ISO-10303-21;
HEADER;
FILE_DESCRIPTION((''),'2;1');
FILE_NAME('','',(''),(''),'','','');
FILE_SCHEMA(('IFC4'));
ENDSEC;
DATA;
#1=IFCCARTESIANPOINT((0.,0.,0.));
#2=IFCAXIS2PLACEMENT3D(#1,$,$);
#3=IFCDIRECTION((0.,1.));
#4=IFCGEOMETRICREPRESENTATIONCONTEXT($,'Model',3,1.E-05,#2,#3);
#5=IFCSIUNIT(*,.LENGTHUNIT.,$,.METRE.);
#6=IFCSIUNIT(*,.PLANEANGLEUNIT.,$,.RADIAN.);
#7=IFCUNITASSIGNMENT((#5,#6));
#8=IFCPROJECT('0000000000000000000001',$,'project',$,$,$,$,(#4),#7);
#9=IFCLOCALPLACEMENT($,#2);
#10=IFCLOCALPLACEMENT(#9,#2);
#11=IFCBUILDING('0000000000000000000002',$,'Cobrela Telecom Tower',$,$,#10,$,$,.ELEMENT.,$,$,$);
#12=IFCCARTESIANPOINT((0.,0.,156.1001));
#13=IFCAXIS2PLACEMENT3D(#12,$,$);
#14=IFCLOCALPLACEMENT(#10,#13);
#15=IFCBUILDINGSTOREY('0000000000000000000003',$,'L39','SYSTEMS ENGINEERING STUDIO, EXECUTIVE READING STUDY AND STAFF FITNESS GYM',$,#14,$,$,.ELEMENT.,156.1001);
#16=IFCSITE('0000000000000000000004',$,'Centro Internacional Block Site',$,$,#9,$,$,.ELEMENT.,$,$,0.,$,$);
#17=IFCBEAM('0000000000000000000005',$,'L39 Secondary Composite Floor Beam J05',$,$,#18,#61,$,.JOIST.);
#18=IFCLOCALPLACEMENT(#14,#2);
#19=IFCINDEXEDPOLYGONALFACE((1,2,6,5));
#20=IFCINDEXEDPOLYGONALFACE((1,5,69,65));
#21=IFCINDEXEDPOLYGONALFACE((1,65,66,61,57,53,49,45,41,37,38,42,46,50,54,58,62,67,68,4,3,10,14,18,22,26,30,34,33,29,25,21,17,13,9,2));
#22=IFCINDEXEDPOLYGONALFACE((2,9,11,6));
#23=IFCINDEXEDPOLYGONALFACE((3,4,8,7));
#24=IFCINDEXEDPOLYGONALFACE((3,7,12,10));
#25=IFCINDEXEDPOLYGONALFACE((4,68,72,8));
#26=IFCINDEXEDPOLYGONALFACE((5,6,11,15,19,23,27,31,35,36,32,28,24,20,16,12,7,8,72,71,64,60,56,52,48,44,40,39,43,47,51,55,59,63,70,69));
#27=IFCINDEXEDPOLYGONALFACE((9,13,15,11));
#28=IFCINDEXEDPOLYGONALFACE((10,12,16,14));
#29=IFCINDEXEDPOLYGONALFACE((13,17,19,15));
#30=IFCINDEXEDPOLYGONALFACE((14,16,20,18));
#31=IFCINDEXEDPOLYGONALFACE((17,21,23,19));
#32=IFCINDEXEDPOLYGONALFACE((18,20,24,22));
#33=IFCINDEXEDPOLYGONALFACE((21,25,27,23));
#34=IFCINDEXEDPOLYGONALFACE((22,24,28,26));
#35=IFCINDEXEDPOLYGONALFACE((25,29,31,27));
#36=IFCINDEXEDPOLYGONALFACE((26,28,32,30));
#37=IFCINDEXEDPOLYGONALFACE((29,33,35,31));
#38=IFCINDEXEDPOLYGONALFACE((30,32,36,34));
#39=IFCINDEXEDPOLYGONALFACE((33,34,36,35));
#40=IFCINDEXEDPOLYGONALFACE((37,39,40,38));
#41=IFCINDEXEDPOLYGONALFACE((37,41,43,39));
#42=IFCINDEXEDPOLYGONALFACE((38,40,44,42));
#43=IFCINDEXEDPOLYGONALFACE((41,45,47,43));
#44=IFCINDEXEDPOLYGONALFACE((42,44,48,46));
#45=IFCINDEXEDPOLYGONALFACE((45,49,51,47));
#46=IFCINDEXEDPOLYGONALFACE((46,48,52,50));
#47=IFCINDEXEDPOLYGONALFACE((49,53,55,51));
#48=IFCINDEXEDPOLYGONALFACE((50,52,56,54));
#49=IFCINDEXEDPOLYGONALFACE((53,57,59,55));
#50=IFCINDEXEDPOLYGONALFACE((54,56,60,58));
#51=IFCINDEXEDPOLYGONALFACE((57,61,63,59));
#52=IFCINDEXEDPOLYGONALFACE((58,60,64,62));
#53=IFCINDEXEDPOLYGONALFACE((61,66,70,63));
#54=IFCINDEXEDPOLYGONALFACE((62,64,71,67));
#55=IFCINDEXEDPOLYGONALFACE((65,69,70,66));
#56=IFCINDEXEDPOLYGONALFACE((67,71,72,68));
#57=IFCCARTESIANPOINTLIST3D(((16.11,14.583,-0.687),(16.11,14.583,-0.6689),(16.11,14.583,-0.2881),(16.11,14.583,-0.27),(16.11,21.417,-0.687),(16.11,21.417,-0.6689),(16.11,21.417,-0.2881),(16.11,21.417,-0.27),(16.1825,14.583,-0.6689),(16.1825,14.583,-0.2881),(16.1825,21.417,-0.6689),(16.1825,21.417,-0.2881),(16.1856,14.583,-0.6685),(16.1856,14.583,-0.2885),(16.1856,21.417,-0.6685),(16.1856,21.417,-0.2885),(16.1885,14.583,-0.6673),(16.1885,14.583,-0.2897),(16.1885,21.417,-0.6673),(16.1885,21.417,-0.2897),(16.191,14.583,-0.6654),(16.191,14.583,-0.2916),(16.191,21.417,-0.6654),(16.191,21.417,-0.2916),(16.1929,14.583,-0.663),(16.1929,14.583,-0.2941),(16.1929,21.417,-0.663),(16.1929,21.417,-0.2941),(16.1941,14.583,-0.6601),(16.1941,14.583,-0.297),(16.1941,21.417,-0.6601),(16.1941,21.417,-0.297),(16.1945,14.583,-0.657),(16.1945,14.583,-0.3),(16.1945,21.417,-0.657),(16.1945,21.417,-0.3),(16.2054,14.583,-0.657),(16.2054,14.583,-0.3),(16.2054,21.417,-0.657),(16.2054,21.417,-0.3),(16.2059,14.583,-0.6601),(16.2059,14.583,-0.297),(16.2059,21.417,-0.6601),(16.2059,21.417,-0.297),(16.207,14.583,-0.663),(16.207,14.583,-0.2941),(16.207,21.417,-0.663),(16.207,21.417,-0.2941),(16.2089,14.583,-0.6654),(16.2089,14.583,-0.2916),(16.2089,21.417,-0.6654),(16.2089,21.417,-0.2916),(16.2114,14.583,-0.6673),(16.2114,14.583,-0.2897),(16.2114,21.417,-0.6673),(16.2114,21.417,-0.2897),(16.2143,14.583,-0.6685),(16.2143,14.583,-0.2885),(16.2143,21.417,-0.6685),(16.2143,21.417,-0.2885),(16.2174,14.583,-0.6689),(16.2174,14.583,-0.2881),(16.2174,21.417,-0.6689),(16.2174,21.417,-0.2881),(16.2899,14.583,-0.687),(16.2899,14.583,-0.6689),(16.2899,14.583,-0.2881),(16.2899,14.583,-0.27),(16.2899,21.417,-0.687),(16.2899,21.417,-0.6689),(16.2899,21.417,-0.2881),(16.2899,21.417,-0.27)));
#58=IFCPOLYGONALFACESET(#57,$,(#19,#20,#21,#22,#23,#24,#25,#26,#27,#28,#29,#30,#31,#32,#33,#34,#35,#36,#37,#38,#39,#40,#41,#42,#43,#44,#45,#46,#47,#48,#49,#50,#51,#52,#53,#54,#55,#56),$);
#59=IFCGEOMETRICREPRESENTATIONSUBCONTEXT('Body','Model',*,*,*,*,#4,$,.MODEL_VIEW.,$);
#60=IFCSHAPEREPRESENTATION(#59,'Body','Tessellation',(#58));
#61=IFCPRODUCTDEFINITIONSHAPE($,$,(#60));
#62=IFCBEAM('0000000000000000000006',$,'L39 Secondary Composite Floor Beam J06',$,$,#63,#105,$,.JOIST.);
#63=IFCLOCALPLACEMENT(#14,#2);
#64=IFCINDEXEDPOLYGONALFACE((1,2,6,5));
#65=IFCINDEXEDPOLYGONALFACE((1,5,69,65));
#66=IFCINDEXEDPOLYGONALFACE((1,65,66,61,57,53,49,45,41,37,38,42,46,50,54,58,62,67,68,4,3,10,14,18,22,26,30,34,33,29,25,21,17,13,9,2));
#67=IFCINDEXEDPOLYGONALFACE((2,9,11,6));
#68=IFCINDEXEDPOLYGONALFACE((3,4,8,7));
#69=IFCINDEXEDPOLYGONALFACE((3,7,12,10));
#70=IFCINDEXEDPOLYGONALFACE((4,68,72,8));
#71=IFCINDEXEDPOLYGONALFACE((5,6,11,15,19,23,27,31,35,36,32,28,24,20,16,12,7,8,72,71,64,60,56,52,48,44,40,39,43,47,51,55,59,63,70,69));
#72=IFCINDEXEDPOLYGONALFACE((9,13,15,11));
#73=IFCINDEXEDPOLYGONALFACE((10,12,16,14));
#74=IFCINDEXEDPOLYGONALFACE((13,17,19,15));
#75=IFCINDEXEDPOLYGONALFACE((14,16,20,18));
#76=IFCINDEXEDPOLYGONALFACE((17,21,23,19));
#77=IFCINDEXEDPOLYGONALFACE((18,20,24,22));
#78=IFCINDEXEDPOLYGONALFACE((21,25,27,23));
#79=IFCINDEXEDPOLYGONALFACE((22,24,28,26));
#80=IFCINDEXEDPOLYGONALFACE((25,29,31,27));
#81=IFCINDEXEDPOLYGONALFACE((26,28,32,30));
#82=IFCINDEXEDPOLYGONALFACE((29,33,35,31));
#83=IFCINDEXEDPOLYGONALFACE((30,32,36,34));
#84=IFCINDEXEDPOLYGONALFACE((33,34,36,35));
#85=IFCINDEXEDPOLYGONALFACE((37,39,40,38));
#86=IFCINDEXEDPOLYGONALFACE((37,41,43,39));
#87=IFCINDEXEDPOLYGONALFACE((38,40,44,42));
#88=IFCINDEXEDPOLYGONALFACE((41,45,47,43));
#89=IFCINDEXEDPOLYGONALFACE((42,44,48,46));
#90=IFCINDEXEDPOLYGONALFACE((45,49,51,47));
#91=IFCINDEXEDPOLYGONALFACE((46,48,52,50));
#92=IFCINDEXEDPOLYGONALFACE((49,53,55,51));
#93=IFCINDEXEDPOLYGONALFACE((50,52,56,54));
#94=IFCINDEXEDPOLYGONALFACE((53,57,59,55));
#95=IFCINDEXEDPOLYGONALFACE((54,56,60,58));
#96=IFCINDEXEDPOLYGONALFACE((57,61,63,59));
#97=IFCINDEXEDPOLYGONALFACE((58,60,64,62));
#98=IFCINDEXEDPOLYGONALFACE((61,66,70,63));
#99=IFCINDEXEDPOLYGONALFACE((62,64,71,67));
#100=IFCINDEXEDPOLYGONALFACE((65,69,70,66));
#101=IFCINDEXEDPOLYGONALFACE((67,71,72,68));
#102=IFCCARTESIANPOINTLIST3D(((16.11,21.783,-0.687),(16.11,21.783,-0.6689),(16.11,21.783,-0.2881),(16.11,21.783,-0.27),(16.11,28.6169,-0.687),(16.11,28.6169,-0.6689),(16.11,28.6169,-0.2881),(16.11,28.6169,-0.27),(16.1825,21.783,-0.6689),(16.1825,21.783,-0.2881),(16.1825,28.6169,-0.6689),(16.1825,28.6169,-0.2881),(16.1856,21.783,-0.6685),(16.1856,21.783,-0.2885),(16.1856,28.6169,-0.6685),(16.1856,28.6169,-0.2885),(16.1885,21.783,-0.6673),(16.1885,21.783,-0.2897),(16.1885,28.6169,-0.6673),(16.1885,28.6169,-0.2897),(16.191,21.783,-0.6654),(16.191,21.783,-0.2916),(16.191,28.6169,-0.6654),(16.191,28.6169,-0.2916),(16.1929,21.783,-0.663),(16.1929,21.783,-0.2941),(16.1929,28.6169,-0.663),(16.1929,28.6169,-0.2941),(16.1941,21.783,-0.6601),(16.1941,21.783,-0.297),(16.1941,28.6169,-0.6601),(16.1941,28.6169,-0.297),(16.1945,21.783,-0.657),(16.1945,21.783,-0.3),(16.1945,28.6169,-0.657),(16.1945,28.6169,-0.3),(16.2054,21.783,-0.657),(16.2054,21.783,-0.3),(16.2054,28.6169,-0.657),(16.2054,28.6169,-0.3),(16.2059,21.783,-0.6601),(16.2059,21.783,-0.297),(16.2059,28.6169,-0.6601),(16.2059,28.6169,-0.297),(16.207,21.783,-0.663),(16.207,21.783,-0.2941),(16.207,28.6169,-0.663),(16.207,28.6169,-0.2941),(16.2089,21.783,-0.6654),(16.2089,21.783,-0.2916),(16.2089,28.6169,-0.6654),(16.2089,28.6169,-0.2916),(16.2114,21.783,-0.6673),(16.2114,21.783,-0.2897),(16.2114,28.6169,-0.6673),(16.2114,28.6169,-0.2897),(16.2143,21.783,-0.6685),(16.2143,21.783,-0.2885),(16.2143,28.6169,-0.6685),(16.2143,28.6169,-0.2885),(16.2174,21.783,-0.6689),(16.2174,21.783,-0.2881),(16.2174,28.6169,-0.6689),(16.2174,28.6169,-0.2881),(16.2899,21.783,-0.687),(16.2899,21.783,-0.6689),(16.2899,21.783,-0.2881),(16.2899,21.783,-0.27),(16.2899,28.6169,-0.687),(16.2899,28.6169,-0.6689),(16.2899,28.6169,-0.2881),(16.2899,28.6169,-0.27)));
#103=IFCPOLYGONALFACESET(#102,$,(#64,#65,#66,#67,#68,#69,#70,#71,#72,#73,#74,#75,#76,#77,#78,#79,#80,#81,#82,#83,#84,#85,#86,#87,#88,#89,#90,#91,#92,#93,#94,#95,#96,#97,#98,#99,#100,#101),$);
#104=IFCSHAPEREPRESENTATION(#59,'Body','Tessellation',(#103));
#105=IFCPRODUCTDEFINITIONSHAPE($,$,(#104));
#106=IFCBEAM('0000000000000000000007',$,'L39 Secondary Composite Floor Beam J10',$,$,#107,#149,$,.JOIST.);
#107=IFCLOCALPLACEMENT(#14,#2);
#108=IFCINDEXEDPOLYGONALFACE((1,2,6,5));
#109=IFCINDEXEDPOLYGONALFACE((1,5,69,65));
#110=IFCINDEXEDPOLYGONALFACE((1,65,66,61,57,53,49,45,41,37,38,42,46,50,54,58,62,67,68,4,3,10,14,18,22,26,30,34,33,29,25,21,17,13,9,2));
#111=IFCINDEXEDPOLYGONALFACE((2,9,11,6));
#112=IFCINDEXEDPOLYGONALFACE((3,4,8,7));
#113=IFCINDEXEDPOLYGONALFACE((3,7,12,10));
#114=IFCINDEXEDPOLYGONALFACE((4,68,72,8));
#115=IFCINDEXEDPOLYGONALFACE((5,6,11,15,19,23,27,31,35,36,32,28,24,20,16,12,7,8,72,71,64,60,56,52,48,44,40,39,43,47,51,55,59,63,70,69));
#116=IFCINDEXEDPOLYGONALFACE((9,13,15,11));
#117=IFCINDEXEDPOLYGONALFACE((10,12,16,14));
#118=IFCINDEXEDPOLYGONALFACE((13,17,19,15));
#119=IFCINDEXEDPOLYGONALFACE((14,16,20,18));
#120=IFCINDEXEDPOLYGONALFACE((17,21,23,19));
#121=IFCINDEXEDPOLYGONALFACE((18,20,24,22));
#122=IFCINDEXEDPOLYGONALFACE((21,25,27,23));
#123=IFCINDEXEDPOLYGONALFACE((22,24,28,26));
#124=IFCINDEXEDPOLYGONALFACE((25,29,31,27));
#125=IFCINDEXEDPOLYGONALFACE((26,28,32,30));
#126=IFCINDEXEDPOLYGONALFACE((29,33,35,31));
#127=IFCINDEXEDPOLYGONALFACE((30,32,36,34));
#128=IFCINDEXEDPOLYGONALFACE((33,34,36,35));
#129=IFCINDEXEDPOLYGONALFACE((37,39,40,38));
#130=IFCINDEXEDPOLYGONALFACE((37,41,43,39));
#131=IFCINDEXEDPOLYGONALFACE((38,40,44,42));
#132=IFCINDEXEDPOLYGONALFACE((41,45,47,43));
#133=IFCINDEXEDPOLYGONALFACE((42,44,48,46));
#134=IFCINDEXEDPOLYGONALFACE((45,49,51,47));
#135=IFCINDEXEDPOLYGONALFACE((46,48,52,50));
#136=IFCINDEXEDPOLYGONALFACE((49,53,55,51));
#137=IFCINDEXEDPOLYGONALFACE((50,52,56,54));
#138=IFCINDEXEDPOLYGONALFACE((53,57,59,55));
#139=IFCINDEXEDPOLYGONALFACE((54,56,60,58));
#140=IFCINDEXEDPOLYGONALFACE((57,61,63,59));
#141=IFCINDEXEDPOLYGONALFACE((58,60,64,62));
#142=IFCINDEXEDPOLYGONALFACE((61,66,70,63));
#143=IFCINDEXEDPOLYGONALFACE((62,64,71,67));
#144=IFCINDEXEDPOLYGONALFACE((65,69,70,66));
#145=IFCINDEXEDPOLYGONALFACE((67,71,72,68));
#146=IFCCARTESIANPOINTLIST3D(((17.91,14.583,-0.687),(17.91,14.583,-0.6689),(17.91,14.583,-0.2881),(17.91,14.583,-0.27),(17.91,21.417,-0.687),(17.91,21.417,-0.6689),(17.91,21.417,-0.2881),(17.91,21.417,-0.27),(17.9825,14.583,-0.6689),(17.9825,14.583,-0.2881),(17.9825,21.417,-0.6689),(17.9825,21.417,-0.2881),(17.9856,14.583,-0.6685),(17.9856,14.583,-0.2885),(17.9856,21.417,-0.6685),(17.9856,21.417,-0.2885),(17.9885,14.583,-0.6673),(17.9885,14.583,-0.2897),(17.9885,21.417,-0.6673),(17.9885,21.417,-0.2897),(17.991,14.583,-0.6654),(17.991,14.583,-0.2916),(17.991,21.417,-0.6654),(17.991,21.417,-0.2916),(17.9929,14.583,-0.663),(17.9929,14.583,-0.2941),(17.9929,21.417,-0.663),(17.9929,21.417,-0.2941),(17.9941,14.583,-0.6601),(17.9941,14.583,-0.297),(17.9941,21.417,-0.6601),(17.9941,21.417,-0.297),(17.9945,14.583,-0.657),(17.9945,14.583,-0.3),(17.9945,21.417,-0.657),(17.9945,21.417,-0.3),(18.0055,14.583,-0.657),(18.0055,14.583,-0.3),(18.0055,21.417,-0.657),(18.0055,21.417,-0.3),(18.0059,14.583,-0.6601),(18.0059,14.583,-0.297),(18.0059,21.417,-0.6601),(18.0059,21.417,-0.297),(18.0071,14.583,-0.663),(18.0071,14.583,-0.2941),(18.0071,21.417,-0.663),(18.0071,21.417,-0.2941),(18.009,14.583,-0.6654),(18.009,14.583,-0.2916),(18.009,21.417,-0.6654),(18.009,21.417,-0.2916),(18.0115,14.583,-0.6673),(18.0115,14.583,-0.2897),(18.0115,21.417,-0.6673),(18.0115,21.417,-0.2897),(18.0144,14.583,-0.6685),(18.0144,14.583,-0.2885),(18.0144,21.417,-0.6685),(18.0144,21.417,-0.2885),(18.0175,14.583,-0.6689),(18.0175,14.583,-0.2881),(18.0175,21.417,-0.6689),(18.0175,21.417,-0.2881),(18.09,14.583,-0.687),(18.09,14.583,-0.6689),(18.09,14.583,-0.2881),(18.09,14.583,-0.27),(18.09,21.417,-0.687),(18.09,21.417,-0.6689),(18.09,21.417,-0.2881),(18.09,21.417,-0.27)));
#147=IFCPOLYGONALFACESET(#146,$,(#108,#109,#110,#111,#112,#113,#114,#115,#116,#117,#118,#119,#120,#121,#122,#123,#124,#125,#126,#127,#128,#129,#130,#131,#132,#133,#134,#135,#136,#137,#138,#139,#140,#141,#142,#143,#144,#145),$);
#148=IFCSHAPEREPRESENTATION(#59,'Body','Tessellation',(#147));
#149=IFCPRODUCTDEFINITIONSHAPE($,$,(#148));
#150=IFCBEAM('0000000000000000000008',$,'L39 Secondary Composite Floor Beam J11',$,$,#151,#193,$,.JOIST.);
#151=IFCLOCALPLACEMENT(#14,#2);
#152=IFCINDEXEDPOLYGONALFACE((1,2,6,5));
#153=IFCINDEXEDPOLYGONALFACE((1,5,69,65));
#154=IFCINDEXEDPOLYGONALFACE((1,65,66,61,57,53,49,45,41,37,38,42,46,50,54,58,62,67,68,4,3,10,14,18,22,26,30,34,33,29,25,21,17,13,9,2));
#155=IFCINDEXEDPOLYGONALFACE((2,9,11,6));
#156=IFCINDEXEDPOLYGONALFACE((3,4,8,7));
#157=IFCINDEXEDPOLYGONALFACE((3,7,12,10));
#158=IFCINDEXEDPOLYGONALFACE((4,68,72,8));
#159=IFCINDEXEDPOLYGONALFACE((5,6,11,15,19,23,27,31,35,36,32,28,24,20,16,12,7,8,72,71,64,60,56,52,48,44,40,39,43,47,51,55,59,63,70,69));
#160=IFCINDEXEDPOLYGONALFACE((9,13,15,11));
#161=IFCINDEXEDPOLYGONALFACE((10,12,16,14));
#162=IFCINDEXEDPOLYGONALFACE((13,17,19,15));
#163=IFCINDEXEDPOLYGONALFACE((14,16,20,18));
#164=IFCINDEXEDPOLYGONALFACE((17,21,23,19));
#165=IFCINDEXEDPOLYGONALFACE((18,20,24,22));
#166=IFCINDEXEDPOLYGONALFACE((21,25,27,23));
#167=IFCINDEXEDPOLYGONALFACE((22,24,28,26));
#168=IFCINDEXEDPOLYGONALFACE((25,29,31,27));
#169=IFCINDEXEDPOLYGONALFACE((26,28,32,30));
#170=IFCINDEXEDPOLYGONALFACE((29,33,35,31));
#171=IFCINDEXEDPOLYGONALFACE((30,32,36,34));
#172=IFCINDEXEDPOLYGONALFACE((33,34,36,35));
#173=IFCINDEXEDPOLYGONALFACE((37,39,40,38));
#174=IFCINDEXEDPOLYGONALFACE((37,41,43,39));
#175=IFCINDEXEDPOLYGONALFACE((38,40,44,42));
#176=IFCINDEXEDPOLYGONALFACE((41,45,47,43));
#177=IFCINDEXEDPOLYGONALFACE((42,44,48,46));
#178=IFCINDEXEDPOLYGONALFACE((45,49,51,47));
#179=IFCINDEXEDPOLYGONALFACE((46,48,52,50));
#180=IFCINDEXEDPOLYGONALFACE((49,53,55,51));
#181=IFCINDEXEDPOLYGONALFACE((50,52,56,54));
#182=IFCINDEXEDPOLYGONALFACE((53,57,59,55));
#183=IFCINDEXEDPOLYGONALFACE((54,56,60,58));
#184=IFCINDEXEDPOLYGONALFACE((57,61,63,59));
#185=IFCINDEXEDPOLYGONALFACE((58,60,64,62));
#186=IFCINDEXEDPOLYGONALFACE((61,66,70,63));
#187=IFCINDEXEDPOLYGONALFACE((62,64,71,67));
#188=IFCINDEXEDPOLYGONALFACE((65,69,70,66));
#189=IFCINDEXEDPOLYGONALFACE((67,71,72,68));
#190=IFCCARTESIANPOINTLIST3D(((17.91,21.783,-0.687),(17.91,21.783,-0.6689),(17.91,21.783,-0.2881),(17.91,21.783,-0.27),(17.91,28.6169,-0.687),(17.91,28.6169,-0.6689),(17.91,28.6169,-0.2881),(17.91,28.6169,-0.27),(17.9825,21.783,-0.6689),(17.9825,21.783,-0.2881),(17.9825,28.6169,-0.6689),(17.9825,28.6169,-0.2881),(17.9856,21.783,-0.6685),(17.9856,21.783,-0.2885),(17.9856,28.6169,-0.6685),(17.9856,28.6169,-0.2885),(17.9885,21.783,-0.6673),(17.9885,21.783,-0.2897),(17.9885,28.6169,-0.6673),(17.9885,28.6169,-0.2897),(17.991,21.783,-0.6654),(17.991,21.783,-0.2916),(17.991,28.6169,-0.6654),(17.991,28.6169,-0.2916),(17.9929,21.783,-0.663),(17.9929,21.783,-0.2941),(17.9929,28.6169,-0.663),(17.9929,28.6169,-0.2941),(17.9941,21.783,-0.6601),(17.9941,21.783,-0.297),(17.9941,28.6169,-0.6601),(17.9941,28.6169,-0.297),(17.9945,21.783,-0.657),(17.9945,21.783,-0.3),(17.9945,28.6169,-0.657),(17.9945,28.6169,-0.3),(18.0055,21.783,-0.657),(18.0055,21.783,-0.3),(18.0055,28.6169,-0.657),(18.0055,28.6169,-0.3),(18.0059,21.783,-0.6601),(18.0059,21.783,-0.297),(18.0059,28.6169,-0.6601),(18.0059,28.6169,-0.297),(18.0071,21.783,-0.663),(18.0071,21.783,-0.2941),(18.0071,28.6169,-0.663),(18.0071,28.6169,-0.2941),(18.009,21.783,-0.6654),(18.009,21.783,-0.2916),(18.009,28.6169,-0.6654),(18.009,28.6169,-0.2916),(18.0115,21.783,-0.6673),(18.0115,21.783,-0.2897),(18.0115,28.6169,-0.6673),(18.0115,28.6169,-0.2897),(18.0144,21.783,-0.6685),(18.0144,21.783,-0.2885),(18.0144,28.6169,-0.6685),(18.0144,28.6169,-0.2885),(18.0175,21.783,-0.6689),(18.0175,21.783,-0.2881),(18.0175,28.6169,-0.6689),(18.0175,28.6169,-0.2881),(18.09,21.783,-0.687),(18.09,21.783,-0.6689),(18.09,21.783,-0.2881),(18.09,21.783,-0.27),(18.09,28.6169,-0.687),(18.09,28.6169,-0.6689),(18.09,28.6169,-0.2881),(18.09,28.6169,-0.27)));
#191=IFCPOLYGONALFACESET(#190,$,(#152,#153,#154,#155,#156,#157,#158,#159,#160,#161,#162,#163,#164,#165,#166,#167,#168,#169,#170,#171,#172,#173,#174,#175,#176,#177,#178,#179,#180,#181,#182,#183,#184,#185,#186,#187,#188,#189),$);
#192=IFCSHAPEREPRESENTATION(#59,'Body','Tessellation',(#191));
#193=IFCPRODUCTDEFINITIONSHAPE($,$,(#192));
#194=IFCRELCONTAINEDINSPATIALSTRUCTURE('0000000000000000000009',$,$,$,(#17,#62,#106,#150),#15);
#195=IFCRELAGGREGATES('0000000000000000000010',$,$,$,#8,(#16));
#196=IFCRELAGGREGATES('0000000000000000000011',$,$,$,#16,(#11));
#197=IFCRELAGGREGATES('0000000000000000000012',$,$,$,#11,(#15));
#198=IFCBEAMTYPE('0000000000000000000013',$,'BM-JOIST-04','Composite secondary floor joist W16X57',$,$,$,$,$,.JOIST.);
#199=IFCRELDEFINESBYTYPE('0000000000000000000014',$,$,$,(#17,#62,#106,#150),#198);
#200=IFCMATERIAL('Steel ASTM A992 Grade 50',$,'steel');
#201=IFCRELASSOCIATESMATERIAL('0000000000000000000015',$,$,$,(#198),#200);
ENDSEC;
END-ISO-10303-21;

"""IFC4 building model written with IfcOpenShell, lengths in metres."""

from ifc_helpers import new_model, si_unit, direction, frame, origin, origin_2d, place, context, subcontext, project, spatial, i_section, extrude, material, material_profile, profile_set, type_object, element, save


model = new_model("IFC4")

# Units and contexts
model_context = context("Model", 3, precision=1e-05, world=origin(), true_north=direction((0.0, 1.0)))
body_context = subcontext(model_context, "Body", "Model", "MODEL_VIEW")
ifc_project = project(units=[si_unit("LENGTHUNIT", "METRE"), si_unit("PLANEANGLEUNIT", "RADIAN")], contexts=[model_context])

# Site, building, storey
site_placement = place(None, origin())
site = spatial("IfcSite", under=ifc_project, at=site_placement, Name="Centro Internacional Block Site", CompositionType="ELEMENT", RefElevation=0.0)
building_placement = place(site_placement, origin())
building = spatial("IfcBuilding", under=site, at=building_placement, Name="Cobrela Telecom Tower", CompositionType="ELEMENT")
storey_placement = place(building_placement, frame((0.0, 0.0, 156.1001)))
storey = spatial("IfcBuildingStorey", under=building, at=storey_placement, Name="L39", Description="SYSTEMS ENGINEERING STUDIO, EXECUTIVE READING STUDY AND STAFF FITNESS GYM", CompositionType="ELEMENT", Elevation=156.1001)

# Beams
ifc_material_1 = material(Name="Steel ASTM A992 Grade 50", Category="steel")
ifc_material_profile_1 = material_profile(ifc_material_1, i_section(OverallWidth=0.1799, OverallDepth=0.417, WebThickness=0.011, FlangeThickness=0.0181, FilletRadius=0.012, at=origin_2d()), Name="W16X57")
ifc_profile_set_1 = profile_set([ifc_material_profile_1], Name="Steel ASTM A992 Grade 50")
beam_type_1 = type_object("IfcBeamType", Name="BM-JOIST-04", Description="Composite secondary floor joist W16X57", PredefinedType="JOIST", material=ifc_profile_set_1)
for number, where, z_axis, x_axis, name in (
    (1, (16.2, 14.583, -0.4785), (0.0, 1.0, 0.0), (-1.0, 0.0, 0.0), "L39 Secondary Composite Floor Beam J05"),
    (2, (16.2, 21.783, -0.4785), (0.0, 1.0, 0.0), (-1.0, 0.0, 0.0), "L39 Secondary Composite Floor Beam J06"),
    (3, (18.0, 14.583, -0.4785), (0.0, 1.0, 0.0), (-1.0, 0.0, 0.0), "L39 Secondary Composite Floor Beam J10"),
    (4, (18.0, 21.783, -0.4785), (0.0, 1.0, 0.0), (-1.0, 0.0, 0.0), "L39 Secondary Composite Floor Beam J11"),
):
    element("IfcBeam", number, at=place(storey_placement, frame(where, z_axis=z_axis, x_axis=x_axis)), inside=storey, type_object=beam_type_1, Name=name, PredefinedType="JOIST", context=body_context, shape_type="SweptSolid", body=[
        extrude(i_section(OverallWidth=0.1799, OverallDepth=0.417, WebThickness=0.011, FlangeThickness=0.0181, FilletRadius=0.012, at=origin_2d()), origin(), (0.0, 0.0, 1.0), 6.834),
    ])

save(model, "model.ifc")
